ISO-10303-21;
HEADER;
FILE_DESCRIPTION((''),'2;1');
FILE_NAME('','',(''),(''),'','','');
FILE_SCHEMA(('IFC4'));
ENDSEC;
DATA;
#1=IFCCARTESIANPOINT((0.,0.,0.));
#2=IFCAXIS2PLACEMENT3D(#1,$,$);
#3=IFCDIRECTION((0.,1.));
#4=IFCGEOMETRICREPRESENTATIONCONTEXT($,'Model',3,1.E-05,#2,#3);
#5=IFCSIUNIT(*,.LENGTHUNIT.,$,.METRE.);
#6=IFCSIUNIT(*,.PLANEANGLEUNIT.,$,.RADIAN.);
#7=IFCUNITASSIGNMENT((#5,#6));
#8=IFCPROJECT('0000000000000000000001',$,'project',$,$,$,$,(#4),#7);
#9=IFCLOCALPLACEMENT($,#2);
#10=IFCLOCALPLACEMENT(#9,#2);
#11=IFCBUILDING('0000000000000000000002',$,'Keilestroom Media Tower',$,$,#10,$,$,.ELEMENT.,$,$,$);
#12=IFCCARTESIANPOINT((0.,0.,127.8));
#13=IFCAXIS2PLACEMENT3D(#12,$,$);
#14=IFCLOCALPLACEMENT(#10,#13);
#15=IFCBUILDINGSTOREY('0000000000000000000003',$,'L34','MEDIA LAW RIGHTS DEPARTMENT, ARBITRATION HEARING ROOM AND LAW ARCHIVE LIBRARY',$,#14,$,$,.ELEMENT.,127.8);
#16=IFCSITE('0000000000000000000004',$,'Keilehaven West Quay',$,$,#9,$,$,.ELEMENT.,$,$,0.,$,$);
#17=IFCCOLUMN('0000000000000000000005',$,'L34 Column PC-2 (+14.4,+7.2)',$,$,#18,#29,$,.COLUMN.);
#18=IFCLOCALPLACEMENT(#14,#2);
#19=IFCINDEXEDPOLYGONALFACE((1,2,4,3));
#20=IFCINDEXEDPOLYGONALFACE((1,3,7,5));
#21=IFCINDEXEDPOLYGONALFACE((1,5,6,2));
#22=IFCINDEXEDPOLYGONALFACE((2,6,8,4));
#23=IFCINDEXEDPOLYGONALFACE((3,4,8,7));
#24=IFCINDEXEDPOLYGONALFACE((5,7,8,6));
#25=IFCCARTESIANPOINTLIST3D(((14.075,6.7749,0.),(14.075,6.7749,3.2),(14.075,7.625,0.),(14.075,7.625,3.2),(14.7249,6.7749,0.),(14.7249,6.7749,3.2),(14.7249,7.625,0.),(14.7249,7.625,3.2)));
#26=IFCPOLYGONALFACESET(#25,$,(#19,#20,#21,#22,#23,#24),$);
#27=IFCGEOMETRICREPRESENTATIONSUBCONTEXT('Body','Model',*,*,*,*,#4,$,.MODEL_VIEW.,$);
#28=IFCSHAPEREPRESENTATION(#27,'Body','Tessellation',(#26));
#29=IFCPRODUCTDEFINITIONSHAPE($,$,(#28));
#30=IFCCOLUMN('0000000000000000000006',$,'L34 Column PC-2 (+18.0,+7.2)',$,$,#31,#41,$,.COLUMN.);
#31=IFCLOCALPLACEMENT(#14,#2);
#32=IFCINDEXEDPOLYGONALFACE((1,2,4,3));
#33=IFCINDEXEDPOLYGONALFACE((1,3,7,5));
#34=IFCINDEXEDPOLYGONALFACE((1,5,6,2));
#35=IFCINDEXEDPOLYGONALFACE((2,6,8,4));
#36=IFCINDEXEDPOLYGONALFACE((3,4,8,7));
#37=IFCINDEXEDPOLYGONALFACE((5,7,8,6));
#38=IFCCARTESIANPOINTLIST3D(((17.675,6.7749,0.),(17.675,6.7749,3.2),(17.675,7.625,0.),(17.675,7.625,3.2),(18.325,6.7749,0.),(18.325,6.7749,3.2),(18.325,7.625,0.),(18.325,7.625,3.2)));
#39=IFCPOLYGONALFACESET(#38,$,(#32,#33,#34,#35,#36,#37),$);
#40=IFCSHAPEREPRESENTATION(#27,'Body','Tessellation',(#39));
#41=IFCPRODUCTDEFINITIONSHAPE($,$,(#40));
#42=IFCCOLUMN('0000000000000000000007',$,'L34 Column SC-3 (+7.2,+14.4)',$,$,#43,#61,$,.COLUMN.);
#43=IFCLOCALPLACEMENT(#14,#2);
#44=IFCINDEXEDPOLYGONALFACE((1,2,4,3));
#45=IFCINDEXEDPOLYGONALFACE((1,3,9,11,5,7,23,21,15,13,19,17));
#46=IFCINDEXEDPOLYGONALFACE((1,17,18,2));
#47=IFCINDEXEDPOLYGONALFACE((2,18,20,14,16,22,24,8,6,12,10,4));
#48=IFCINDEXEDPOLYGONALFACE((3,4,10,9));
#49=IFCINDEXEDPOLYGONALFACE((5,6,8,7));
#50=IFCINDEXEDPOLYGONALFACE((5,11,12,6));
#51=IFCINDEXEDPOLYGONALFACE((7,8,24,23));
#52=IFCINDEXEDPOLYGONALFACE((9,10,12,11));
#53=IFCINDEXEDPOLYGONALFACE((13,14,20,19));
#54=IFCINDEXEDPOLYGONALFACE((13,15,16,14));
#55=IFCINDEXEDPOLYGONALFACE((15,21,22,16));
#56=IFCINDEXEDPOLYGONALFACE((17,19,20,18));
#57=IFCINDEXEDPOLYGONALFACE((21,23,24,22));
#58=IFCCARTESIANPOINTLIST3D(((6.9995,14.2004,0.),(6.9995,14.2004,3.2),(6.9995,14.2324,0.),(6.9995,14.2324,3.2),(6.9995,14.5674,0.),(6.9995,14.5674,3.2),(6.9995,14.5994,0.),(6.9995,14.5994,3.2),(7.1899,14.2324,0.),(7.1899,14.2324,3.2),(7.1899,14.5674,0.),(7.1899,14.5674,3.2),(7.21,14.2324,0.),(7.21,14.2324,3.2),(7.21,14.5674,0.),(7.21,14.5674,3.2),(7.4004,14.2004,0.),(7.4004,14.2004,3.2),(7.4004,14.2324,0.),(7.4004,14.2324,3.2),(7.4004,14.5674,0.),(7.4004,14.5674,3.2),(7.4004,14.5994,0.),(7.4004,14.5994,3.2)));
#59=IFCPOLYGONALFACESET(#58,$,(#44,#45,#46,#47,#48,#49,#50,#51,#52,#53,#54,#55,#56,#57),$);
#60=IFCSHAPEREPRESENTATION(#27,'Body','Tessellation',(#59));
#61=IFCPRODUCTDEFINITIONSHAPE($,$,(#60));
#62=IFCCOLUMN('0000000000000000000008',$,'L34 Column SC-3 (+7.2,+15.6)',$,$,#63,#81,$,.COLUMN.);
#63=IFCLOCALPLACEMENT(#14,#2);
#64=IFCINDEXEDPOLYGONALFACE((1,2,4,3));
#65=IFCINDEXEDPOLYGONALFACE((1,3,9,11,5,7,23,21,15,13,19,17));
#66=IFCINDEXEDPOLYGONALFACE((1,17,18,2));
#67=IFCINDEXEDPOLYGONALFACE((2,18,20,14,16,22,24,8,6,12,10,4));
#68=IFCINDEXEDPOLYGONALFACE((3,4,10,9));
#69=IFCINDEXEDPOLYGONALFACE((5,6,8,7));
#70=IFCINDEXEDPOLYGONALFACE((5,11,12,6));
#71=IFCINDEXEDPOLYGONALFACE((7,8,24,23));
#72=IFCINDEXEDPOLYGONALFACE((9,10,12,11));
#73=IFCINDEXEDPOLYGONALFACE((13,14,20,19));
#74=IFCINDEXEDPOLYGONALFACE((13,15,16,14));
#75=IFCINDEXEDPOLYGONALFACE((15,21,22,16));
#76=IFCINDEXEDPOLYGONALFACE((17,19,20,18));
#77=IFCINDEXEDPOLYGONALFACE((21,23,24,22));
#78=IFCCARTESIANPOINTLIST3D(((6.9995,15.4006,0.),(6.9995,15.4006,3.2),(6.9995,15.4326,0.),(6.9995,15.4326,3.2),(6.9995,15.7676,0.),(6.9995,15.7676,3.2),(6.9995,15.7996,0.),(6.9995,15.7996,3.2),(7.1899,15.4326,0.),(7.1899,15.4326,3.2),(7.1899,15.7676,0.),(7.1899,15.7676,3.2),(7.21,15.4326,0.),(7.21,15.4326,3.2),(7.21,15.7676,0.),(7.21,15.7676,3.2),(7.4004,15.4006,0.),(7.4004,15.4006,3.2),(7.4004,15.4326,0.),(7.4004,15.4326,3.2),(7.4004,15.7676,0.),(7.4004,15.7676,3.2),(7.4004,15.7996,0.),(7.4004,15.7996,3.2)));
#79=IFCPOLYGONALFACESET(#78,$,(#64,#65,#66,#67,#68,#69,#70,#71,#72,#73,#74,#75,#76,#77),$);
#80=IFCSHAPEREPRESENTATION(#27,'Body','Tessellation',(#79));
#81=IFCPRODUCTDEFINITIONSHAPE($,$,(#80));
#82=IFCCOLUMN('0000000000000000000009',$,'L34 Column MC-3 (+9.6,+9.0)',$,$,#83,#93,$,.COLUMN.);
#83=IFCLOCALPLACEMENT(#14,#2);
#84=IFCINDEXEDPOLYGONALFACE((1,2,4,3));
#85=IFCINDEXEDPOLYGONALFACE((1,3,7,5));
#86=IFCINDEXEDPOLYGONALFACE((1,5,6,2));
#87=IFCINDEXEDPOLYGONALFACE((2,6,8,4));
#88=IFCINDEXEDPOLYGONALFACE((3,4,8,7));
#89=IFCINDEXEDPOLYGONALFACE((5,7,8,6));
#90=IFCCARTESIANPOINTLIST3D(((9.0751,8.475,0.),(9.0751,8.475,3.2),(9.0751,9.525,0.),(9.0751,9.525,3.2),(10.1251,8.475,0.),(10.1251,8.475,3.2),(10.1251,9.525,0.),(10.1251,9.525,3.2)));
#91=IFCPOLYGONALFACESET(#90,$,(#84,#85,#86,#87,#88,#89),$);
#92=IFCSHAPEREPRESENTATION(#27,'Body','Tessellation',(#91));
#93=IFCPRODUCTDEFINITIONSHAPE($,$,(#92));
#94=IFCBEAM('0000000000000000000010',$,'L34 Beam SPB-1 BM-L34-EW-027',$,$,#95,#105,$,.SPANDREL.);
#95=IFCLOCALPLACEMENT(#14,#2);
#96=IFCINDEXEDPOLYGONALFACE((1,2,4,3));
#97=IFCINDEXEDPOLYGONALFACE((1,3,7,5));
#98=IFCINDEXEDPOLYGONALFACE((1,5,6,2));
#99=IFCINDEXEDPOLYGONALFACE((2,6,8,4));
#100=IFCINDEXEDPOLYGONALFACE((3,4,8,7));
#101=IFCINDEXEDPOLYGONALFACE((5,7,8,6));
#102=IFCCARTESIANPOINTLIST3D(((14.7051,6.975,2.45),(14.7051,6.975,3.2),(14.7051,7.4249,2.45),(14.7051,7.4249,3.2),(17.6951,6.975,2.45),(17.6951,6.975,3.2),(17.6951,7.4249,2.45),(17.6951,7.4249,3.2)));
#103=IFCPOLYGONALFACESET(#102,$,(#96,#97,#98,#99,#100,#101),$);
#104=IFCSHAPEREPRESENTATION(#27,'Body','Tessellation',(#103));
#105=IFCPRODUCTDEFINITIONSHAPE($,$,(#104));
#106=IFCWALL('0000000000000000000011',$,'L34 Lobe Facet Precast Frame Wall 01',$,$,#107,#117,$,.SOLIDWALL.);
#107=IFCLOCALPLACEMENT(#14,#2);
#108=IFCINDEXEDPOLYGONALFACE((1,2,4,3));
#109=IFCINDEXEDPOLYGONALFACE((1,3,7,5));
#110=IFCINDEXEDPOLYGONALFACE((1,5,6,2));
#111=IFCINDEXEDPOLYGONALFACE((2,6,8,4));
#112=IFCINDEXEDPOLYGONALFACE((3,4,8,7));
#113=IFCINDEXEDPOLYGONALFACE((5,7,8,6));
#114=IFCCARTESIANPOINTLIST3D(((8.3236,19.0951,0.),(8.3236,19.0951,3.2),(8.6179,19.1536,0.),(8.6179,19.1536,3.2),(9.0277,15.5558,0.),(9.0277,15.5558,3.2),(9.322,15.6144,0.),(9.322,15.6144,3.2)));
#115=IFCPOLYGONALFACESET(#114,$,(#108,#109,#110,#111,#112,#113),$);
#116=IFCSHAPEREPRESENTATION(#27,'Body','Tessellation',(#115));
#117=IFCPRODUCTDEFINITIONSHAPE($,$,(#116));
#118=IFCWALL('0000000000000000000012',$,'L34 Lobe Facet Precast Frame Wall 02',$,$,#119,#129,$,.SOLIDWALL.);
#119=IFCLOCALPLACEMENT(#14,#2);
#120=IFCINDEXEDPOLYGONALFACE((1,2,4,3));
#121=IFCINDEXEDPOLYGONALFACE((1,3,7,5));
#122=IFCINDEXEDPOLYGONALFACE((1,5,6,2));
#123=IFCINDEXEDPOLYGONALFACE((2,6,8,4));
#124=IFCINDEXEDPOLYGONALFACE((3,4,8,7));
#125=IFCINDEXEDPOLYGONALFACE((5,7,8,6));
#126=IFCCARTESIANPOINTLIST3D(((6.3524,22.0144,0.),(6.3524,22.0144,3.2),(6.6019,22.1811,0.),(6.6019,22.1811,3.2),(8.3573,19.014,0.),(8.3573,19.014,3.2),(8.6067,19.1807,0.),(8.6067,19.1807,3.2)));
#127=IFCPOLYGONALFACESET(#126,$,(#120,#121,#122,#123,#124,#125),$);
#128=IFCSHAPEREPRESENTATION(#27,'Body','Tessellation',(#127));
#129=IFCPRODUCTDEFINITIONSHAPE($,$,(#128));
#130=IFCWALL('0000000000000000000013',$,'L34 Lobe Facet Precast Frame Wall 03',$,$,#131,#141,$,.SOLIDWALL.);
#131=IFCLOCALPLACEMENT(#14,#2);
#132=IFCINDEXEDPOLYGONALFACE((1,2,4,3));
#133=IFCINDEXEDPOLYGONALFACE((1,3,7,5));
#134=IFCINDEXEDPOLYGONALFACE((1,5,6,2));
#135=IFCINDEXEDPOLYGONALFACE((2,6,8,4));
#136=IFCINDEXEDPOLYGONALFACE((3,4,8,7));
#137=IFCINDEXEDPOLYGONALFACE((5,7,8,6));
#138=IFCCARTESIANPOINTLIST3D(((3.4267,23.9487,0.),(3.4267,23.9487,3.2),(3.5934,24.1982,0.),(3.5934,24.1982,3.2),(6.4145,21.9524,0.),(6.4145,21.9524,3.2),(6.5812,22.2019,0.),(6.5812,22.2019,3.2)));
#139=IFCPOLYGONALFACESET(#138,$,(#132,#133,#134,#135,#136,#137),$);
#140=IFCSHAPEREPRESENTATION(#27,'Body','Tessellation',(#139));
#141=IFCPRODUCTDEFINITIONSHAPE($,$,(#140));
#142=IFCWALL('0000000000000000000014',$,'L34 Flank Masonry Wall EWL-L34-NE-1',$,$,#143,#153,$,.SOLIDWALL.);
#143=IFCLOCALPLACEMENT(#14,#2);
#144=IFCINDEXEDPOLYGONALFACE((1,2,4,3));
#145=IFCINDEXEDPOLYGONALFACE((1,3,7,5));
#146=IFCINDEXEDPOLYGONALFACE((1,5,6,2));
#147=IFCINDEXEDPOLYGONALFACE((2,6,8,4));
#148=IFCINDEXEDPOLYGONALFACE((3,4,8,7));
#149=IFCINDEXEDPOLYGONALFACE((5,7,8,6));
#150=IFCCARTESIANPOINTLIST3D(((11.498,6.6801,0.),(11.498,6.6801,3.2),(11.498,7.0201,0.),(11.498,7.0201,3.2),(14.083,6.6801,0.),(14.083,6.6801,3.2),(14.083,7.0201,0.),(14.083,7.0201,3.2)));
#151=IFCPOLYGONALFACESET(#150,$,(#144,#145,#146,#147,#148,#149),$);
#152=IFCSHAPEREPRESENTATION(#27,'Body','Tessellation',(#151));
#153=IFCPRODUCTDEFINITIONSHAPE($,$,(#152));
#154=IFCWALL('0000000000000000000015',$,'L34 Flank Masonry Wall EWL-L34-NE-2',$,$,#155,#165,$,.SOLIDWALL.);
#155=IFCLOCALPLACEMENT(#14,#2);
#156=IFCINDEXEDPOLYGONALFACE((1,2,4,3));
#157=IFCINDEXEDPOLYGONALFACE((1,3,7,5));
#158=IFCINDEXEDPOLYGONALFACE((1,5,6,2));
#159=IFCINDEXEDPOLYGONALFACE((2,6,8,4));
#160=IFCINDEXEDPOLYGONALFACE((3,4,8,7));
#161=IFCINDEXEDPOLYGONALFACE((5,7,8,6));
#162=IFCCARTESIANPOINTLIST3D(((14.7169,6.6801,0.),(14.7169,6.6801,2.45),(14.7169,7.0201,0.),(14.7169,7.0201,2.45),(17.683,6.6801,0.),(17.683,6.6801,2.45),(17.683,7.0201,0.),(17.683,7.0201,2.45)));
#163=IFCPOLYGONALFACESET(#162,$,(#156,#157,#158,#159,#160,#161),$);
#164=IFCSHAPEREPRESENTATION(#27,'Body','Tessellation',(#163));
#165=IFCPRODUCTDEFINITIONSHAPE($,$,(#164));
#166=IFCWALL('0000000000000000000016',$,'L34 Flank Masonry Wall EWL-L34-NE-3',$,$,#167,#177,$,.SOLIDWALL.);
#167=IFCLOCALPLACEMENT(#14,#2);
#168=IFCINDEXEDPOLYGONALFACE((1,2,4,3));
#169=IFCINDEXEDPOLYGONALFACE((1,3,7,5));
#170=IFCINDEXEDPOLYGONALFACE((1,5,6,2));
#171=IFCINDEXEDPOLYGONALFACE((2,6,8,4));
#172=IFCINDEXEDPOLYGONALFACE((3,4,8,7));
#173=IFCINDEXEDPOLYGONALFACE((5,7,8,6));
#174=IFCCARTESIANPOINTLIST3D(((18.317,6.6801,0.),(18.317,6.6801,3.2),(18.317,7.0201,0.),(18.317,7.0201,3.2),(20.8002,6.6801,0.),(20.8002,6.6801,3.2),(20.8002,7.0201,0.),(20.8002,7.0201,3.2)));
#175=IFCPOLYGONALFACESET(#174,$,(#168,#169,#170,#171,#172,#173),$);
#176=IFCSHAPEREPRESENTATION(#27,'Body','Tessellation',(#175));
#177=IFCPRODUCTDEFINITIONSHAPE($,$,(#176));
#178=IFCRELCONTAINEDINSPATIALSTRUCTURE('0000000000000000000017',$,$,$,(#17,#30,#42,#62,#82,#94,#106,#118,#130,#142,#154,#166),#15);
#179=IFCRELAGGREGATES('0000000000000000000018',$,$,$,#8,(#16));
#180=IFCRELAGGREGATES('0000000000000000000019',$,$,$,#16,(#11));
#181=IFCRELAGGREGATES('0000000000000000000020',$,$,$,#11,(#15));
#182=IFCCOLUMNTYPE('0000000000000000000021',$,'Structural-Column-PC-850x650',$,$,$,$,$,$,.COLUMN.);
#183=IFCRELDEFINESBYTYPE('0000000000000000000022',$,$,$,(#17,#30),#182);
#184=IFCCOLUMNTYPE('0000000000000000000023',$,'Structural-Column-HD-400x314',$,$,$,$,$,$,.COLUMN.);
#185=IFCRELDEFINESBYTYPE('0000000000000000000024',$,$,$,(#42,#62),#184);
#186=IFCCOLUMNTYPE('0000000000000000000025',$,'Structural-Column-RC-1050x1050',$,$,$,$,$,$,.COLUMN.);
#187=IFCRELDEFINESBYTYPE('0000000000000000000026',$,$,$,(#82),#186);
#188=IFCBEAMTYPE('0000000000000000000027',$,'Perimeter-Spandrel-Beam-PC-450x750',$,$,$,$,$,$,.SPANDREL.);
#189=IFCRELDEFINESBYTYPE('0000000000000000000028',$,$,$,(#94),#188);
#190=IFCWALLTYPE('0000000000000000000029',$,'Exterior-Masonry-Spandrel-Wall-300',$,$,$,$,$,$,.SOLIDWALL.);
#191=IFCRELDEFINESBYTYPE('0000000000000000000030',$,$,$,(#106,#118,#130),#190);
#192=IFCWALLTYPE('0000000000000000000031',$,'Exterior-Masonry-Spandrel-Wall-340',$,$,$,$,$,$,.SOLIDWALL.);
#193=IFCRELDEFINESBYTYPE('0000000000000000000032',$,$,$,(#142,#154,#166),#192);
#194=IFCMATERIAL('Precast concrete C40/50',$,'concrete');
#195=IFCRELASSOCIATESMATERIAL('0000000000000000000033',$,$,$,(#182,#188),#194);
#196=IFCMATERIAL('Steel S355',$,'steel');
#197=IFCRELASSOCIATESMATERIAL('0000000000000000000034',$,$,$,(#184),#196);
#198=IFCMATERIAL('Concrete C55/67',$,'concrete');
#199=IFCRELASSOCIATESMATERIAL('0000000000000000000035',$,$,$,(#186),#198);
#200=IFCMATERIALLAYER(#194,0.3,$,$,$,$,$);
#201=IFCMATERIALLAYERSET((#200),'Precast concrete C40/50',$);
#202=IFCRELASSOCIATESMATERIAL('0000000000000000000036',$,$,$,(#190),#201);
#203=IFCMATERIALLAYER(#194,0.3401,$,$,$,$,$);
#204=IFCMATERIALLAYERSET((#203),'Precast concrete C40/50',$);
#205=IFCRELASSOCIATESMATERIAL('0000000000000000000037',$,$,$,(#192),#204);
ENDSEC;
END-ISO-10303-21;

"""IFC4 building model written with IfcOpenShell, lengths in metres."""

from ifc_helpers import new_model, si_unit, direction, frame, frame_2d, origin, origin_2d, place, context, subcontext, project, spatial, rectangle, i_section, extrude, source, transform, mapped, material, layer, layer_set, material_profile, profile_set, type_object, element, save


model = new_model("IFC4")

# Units and contexts
model_context = context("Model", 3, precision=1e-05, world=origin(), true_north=direction((0.0, 1.0)))
body_context = subcontext(model_context, "Body", "Model", "MODEL_VIEW")
ifc_project = project(units=[si_unit("LENGTHUNIT", "METRE"), si_unit("PLANEANGLEUNIT", "RADIAN")], contexts=[model_context])

# Site, building, storey
site_placement = place(None, origin())
site = spatial("IfcSite", under=ifc_project, at=site_placement, Name="Keilehaven West Quay", CompositionType="ELEMENT", RefElevation=0.0)
building_placement = place(site_placement, origin())
building = spatial("IfcBuilding", under=site, at=building_placement, Name="Keilestroom Media Tower", CompositionType="ELEMENT")
storey_placement = place(building_placement, frame((0.0, 0.0, 127.8)))
storey = spatial("IfcBuildingStorey", under=building, at=storey_placement, Name="L34", Description="MEDIA LAW RIGHTS DEPARTMENT, ARBITRATION HEARING ROOM AND LAW ARCHIVE LIBRARY", CompositionType="ELEMENT", Elevation=127.8)

# Columns
ifc_material_1 = material(Name="Precast concrete C40/50", Category="concrete")
ifc_material_profile_1 = material_profile(ifc_material_1, rectangle(XDim=0.6499, YDim=0.8501, at=origin_2d()), Name="PC 850x650")
ifc_profile_set_1 = profile_set([ifc_material_profile_1], Name="Precast concrete C40/50")
column_type_1 = type_object("IfcColumnType", Name="Structural-Column-PC-850x650", PredefinedType="COLUMN", material=ifc_profile_set_1)
shared_shape_1 = source(origin(), body_context, "Body", "SweptSolid", [
    extrude(rectangle(XDim=0.6499, YDim=0.8501, at=origin_2d()), origin(), (0.0, 0.0, 1.0), 3.2),
])
for number, where, z_axis, x_axis, name in (
    (1, (14.3999, 7.2, 0.0), (0.0, 0.0, 1.0), (1.0, 0.0, 0.0), "L34 Column PC-2 (+14.4,+7.2)"),
    (2, (18.0, 7.2, 0.0), (0.0, 0.0, 1.0), (1.0, 0.0, 0.0), "L34 Column PC-2 (+18.0,+7.2)"),
):
    element("IfcColumn", number, at=place(storey_placement, frame(where, z_axis=z_axis, x_axis=x_axis)), inside=storey, type_object=column_type_1, Name=name, PredefinedType="COLUMN", context=body_context, shape_type="MappedRepresentation", body=[
        mapped(shared_shape_1, transform((0.0, 0.0, 0.0), x_axis=(1.0, 0.0, 0.0), y_axis=(0.0, 1.0, 0.0), z_axis=(0.0, 0.0, 1.0), scale=1.0)),
    ])
ifc_material_2 = material(Name="Steel S355", Category="steel")
ifc_material_profile_2 = material_profile(ifc_material_2, i_section(OverallWidth=0.4009, OverallDepth=0.3989, WebThickness=0.02, FlangeThickness=0.032, at=origin_2d()), Name="HD 400x314")
ifc_profile_set_2 = profile_set([ifc_material_profile_2], Name="Steel S355")
column_type_2 = type_object("IfcColumnType", Name="Structural-Column-HD-400x314", PredefinedType="COLUMN", material=ifc_profile_set_2)
shared_shape_2 = source(origin(), body_context, "Body", "SweptSolid", [
    extrude(i_section(OverallWidth=0.4009, OverallDepth=0.3989, WebThickness=0.02, FlangeThickness=0.032, at=origin_2d()), origin(), (0.0, 0.0, 1.0), 3.2),
])
for number, where, z_axis, x_axis, name in (
    (3, (7.2, 14.3999, 0.0), (0.0, 0.0, 1.0), (1.0, 0.0, 0.0), "L34 Column SC-3 (+7.2,+14.4)"),
    (4, (7.2, 15.6001, 0.0), (0.0, 0.0, 1.0), (1.0, 0.0, 0.0), "L34 Column SC-3 (+7.2,+15.6)"),
):
    element("IfcColumn", number, at=place(storey_placement, frame(where, z_axis=z_axis, x_axis=x_axis)), inside=storey, type_object=column_type_2, Name=name, PredefinedType="COLUMN", context=body_context, shape_type="MappedRepresentation", body=[
        mapped(shared_shape_2, transform((0.0, 0.0, 0.0), x_axis=(1.0, 0.0, 0.0), y_axis=(0.0, 1.0, 0.0), z_axis=(0.0, 0.0, 1.0), scale=1.0)),
    ])
ifc_material_3 = material(Name="Concrete C55/67", Category="concrete")
ifc_material_profile_3 = material_profile(ifc_material_3, rectangle(XDim=1.05, YDim=1.05, at=origin_2d()), Name="RC 1050x1050")
ifc_profile_set_3 = profile_set([ifc_material_profile_3], Name="Concrete C55/67")
column_type_3 = type_object("IfcColumnType", Name="Structural-Column-RC-1050x1050", PredefinedType="COLUMN", material=ifc_profile_set_3)
shared_shape_3 = source(origin(), body_context, "Body", "SweptSolid", [
    extrude(rectangle(XDim=1.05, YDim=1.05, at=origin_2d()), origin(), (0.0, 0.0, 1.0), 3.2),
])
column_placement = place(storey_placement, frame((9.6001, 9.0, 0.0), z_axis=(0.0, 0.0, 1.0), x_axis=(1.0, 0.0, 0.0)))
element("IfcColumn", 5, at=column_placement, inside=storey, type_object=column_type_3, Name="L34 Column MC-3 (+9.6,+9.0)", PredefinedType="COLUMN", context=body_context, shape_type="MappedRepresentation", body=[
    mapped(shared_shape_3, transform((0.0, 0.0, 0.0), x_axis=(1.0, 0.0, 0.0), y_axis=(0.0, 1.0, 0.0), z_axis=(0.0, 0.0, 1.0), scale=1.0)),
])

# Beam
ifc_material_profile_4 = material_profile(ifc_material_1, rectangle(XDim=0.45, YDim=0.75, at=origin_2d()), Name="PC 450x750")
ifc_profile_set_4 = profile_set([ifc_material_profile_4], Name="Precast concrete C40/50")
beam_type = type_object("IfcBeamType", Name="Perimeter-Spandrel-Beam-PC-450x750", PredefinedType="SPANDREL", material=ifc_profile_set_4)
shared_shape_4 = source(origin(), body_context, "Body", "SweptSolid", [
    extrude(rectangle(XDim=0.45, YDim=0.75, at=origin_2d()), origin(), (0.0, 0.0, 1.0), 2.99),
])
beam_placement = place(storey_placement, frame((14.7051, 7.2, 2.825), z_axis=(1.0, 0.0, 0.0), x_axis=(0.0, 1.0, 0.0)))
element("IfcBeam", 6, at=beam_placement, inside=storey, type_object=beam_type, Name="L34 Beam SPB-1 BM-L34-EW-027", PredefinedType="SPANDREL", context=body_context, shape_type="MappedRepresentation", body=[
    mapped(shared_shape_4, transform((0.0, 0.0, 0.0), x_axis=(1.0, 0.0, 0.0), y_axis=(0.0, 1.0, 0.0), z_axis=(0.0, 0.0, 1.0), scale=1.0)),
])

# Walls
ifc_layer_1 = layer(ifc_material_1, 0.3)
ifc_layer_set_1 = layer_set([ifc_layer_1], Name="Precast concrete C40/50")
wall_type_1 = type_object("IfcWallType", Name="Exterior-Masonry-Spandrel-Wall-300", PredefinedType="SOLIDWALL", material=ifc_layer_set_1)
for number, where, z_axis, x_axis, name in (
    (7, (9.1748, 15.5852, 0.0), (0.0, 0.0, 1.0), (-0.195114, 0.980781, 0.0), "L34 Lobe Facet Precast Frame Wall 01"),
    (8, (8.4819, 19.0974, 0.0), (0.0, 0.0, 1.0), (-0.555574, 0.831467, 0.0), "L34 Lobe Facet Precast Frame Wall 02"),
):
    element("IfcWall", number, at=place(storey_placement, frame(where, z_axis=z_axis, x_axis=x_axis)), inside=storey, type_object=wall_type_1, Name=name, PredefinedType="SOLIDWALL", context=body_context, shape_type="SweptSolid", body=[
        extrude(rectangle(XDim=3.6086, YDim=0.3, at=frame_2d((1.8042, 0.0))), origin(), (0.0, 0.0, 1.0), 3.2),
    ])
wall_1_placement = place(storey_placement, frame((6.4978, 22.0771, 0.0), z_axis=(0.0, 0.0, 1.0), x_axis=(-0.831475, 0.555562, 0.0)))
element("IfcWall", 9, at=wall_1_placement, inside=storey, type_object=wall_type_1, Name="L34 Lobe Facet Precast Frame Wall 03", PredefinedType="SOLIDWALL", context=body_context, shape_type="SweptSolid", body=[
    extrude(rectangle(XDim=3.5933, YDim=0.3, at=frame_2d((1.7966, 0.0))), origin(), (0.0, 0.0, 1.0), 3.2),
])
ifc_layer_2 = layer(ifc_material_1, 0.3401)
ifc_layer_set_2 = layer_set([ifc_layer_2], Name="Precast concrete C40/50")
wall_type_2 = type_object("IfcWallType", Name="Exterior-Masonry-Spandrel-Wall-340", PredefinedType="SOLIDWALL", material=ifc_layer_set_2)
wall_2_placement = place(storey_placement, frame((11.498, 6.8501, 0.0), z_axis=(0.0, 0.0, 1.0), x_axis=(1.0, 0.0, 0.0)))
element("IfcWall", 10, at=wall_2_placement, inside=storey, type_object=wall_type_2, Name="L34 Flank Masonry Wall EWL-L34-NE-1", PredefinedType="SOLIDWALL", context=body_context, shape_type="SweptSolid", body=[
    extrude(rectangle(XDim=2.585, YDim=0.3401, at=frame_2d((1.2925, 0.0))), origin(), (0.0, 0.0, 1.0), 3.2),
])
wall_3_placement = place(storey_placement, frame((14.717, 6.8501, 0.0), z_axis=(0.0, 0.0, 1.0), x_axis=(1.0, 0.0, 0.0)))
element("IfcWall", 11, at=wall_3_placement, inside=storey, type_object=wall_type_2, Name="L34 Flank Masonry Wall EWL-L34-NE-2", PredefinedType="SOLIDWALL", context=body_context, shape_type="SweptSolid", body=[
    extrude(rectangle(XDim=2.9661, YDim=0.3401, at=frame_2d((1.4829, 0.0))), origin(), (0.0, 0.0, 1.0), 2.45),
])
wall_4_placement = place(storey_placement, frame((18.3169, 6.8501, 0.0), z_axis=(0.0, 0.0, 1.0), x_axis=(1.0, 0.0, 0.0)))
element("IfcWall", 12, at=wall_4_placement, inside=storey, type_object=wall_type_2, Name="L34 Flank Masonry Wall EWL-L34-NE-3", PredefinedType="SOLIDWALL", context=body_context, shape_type="SweptSolid", body=[
    extrude(rectangle(XDim=2.4832, YDim=0.3401, at=frame_2d((1.2417, 0.0))), origin(), (0.0, 0.0, 1.0), 3.2),
])

save(model, "model.ifc")
